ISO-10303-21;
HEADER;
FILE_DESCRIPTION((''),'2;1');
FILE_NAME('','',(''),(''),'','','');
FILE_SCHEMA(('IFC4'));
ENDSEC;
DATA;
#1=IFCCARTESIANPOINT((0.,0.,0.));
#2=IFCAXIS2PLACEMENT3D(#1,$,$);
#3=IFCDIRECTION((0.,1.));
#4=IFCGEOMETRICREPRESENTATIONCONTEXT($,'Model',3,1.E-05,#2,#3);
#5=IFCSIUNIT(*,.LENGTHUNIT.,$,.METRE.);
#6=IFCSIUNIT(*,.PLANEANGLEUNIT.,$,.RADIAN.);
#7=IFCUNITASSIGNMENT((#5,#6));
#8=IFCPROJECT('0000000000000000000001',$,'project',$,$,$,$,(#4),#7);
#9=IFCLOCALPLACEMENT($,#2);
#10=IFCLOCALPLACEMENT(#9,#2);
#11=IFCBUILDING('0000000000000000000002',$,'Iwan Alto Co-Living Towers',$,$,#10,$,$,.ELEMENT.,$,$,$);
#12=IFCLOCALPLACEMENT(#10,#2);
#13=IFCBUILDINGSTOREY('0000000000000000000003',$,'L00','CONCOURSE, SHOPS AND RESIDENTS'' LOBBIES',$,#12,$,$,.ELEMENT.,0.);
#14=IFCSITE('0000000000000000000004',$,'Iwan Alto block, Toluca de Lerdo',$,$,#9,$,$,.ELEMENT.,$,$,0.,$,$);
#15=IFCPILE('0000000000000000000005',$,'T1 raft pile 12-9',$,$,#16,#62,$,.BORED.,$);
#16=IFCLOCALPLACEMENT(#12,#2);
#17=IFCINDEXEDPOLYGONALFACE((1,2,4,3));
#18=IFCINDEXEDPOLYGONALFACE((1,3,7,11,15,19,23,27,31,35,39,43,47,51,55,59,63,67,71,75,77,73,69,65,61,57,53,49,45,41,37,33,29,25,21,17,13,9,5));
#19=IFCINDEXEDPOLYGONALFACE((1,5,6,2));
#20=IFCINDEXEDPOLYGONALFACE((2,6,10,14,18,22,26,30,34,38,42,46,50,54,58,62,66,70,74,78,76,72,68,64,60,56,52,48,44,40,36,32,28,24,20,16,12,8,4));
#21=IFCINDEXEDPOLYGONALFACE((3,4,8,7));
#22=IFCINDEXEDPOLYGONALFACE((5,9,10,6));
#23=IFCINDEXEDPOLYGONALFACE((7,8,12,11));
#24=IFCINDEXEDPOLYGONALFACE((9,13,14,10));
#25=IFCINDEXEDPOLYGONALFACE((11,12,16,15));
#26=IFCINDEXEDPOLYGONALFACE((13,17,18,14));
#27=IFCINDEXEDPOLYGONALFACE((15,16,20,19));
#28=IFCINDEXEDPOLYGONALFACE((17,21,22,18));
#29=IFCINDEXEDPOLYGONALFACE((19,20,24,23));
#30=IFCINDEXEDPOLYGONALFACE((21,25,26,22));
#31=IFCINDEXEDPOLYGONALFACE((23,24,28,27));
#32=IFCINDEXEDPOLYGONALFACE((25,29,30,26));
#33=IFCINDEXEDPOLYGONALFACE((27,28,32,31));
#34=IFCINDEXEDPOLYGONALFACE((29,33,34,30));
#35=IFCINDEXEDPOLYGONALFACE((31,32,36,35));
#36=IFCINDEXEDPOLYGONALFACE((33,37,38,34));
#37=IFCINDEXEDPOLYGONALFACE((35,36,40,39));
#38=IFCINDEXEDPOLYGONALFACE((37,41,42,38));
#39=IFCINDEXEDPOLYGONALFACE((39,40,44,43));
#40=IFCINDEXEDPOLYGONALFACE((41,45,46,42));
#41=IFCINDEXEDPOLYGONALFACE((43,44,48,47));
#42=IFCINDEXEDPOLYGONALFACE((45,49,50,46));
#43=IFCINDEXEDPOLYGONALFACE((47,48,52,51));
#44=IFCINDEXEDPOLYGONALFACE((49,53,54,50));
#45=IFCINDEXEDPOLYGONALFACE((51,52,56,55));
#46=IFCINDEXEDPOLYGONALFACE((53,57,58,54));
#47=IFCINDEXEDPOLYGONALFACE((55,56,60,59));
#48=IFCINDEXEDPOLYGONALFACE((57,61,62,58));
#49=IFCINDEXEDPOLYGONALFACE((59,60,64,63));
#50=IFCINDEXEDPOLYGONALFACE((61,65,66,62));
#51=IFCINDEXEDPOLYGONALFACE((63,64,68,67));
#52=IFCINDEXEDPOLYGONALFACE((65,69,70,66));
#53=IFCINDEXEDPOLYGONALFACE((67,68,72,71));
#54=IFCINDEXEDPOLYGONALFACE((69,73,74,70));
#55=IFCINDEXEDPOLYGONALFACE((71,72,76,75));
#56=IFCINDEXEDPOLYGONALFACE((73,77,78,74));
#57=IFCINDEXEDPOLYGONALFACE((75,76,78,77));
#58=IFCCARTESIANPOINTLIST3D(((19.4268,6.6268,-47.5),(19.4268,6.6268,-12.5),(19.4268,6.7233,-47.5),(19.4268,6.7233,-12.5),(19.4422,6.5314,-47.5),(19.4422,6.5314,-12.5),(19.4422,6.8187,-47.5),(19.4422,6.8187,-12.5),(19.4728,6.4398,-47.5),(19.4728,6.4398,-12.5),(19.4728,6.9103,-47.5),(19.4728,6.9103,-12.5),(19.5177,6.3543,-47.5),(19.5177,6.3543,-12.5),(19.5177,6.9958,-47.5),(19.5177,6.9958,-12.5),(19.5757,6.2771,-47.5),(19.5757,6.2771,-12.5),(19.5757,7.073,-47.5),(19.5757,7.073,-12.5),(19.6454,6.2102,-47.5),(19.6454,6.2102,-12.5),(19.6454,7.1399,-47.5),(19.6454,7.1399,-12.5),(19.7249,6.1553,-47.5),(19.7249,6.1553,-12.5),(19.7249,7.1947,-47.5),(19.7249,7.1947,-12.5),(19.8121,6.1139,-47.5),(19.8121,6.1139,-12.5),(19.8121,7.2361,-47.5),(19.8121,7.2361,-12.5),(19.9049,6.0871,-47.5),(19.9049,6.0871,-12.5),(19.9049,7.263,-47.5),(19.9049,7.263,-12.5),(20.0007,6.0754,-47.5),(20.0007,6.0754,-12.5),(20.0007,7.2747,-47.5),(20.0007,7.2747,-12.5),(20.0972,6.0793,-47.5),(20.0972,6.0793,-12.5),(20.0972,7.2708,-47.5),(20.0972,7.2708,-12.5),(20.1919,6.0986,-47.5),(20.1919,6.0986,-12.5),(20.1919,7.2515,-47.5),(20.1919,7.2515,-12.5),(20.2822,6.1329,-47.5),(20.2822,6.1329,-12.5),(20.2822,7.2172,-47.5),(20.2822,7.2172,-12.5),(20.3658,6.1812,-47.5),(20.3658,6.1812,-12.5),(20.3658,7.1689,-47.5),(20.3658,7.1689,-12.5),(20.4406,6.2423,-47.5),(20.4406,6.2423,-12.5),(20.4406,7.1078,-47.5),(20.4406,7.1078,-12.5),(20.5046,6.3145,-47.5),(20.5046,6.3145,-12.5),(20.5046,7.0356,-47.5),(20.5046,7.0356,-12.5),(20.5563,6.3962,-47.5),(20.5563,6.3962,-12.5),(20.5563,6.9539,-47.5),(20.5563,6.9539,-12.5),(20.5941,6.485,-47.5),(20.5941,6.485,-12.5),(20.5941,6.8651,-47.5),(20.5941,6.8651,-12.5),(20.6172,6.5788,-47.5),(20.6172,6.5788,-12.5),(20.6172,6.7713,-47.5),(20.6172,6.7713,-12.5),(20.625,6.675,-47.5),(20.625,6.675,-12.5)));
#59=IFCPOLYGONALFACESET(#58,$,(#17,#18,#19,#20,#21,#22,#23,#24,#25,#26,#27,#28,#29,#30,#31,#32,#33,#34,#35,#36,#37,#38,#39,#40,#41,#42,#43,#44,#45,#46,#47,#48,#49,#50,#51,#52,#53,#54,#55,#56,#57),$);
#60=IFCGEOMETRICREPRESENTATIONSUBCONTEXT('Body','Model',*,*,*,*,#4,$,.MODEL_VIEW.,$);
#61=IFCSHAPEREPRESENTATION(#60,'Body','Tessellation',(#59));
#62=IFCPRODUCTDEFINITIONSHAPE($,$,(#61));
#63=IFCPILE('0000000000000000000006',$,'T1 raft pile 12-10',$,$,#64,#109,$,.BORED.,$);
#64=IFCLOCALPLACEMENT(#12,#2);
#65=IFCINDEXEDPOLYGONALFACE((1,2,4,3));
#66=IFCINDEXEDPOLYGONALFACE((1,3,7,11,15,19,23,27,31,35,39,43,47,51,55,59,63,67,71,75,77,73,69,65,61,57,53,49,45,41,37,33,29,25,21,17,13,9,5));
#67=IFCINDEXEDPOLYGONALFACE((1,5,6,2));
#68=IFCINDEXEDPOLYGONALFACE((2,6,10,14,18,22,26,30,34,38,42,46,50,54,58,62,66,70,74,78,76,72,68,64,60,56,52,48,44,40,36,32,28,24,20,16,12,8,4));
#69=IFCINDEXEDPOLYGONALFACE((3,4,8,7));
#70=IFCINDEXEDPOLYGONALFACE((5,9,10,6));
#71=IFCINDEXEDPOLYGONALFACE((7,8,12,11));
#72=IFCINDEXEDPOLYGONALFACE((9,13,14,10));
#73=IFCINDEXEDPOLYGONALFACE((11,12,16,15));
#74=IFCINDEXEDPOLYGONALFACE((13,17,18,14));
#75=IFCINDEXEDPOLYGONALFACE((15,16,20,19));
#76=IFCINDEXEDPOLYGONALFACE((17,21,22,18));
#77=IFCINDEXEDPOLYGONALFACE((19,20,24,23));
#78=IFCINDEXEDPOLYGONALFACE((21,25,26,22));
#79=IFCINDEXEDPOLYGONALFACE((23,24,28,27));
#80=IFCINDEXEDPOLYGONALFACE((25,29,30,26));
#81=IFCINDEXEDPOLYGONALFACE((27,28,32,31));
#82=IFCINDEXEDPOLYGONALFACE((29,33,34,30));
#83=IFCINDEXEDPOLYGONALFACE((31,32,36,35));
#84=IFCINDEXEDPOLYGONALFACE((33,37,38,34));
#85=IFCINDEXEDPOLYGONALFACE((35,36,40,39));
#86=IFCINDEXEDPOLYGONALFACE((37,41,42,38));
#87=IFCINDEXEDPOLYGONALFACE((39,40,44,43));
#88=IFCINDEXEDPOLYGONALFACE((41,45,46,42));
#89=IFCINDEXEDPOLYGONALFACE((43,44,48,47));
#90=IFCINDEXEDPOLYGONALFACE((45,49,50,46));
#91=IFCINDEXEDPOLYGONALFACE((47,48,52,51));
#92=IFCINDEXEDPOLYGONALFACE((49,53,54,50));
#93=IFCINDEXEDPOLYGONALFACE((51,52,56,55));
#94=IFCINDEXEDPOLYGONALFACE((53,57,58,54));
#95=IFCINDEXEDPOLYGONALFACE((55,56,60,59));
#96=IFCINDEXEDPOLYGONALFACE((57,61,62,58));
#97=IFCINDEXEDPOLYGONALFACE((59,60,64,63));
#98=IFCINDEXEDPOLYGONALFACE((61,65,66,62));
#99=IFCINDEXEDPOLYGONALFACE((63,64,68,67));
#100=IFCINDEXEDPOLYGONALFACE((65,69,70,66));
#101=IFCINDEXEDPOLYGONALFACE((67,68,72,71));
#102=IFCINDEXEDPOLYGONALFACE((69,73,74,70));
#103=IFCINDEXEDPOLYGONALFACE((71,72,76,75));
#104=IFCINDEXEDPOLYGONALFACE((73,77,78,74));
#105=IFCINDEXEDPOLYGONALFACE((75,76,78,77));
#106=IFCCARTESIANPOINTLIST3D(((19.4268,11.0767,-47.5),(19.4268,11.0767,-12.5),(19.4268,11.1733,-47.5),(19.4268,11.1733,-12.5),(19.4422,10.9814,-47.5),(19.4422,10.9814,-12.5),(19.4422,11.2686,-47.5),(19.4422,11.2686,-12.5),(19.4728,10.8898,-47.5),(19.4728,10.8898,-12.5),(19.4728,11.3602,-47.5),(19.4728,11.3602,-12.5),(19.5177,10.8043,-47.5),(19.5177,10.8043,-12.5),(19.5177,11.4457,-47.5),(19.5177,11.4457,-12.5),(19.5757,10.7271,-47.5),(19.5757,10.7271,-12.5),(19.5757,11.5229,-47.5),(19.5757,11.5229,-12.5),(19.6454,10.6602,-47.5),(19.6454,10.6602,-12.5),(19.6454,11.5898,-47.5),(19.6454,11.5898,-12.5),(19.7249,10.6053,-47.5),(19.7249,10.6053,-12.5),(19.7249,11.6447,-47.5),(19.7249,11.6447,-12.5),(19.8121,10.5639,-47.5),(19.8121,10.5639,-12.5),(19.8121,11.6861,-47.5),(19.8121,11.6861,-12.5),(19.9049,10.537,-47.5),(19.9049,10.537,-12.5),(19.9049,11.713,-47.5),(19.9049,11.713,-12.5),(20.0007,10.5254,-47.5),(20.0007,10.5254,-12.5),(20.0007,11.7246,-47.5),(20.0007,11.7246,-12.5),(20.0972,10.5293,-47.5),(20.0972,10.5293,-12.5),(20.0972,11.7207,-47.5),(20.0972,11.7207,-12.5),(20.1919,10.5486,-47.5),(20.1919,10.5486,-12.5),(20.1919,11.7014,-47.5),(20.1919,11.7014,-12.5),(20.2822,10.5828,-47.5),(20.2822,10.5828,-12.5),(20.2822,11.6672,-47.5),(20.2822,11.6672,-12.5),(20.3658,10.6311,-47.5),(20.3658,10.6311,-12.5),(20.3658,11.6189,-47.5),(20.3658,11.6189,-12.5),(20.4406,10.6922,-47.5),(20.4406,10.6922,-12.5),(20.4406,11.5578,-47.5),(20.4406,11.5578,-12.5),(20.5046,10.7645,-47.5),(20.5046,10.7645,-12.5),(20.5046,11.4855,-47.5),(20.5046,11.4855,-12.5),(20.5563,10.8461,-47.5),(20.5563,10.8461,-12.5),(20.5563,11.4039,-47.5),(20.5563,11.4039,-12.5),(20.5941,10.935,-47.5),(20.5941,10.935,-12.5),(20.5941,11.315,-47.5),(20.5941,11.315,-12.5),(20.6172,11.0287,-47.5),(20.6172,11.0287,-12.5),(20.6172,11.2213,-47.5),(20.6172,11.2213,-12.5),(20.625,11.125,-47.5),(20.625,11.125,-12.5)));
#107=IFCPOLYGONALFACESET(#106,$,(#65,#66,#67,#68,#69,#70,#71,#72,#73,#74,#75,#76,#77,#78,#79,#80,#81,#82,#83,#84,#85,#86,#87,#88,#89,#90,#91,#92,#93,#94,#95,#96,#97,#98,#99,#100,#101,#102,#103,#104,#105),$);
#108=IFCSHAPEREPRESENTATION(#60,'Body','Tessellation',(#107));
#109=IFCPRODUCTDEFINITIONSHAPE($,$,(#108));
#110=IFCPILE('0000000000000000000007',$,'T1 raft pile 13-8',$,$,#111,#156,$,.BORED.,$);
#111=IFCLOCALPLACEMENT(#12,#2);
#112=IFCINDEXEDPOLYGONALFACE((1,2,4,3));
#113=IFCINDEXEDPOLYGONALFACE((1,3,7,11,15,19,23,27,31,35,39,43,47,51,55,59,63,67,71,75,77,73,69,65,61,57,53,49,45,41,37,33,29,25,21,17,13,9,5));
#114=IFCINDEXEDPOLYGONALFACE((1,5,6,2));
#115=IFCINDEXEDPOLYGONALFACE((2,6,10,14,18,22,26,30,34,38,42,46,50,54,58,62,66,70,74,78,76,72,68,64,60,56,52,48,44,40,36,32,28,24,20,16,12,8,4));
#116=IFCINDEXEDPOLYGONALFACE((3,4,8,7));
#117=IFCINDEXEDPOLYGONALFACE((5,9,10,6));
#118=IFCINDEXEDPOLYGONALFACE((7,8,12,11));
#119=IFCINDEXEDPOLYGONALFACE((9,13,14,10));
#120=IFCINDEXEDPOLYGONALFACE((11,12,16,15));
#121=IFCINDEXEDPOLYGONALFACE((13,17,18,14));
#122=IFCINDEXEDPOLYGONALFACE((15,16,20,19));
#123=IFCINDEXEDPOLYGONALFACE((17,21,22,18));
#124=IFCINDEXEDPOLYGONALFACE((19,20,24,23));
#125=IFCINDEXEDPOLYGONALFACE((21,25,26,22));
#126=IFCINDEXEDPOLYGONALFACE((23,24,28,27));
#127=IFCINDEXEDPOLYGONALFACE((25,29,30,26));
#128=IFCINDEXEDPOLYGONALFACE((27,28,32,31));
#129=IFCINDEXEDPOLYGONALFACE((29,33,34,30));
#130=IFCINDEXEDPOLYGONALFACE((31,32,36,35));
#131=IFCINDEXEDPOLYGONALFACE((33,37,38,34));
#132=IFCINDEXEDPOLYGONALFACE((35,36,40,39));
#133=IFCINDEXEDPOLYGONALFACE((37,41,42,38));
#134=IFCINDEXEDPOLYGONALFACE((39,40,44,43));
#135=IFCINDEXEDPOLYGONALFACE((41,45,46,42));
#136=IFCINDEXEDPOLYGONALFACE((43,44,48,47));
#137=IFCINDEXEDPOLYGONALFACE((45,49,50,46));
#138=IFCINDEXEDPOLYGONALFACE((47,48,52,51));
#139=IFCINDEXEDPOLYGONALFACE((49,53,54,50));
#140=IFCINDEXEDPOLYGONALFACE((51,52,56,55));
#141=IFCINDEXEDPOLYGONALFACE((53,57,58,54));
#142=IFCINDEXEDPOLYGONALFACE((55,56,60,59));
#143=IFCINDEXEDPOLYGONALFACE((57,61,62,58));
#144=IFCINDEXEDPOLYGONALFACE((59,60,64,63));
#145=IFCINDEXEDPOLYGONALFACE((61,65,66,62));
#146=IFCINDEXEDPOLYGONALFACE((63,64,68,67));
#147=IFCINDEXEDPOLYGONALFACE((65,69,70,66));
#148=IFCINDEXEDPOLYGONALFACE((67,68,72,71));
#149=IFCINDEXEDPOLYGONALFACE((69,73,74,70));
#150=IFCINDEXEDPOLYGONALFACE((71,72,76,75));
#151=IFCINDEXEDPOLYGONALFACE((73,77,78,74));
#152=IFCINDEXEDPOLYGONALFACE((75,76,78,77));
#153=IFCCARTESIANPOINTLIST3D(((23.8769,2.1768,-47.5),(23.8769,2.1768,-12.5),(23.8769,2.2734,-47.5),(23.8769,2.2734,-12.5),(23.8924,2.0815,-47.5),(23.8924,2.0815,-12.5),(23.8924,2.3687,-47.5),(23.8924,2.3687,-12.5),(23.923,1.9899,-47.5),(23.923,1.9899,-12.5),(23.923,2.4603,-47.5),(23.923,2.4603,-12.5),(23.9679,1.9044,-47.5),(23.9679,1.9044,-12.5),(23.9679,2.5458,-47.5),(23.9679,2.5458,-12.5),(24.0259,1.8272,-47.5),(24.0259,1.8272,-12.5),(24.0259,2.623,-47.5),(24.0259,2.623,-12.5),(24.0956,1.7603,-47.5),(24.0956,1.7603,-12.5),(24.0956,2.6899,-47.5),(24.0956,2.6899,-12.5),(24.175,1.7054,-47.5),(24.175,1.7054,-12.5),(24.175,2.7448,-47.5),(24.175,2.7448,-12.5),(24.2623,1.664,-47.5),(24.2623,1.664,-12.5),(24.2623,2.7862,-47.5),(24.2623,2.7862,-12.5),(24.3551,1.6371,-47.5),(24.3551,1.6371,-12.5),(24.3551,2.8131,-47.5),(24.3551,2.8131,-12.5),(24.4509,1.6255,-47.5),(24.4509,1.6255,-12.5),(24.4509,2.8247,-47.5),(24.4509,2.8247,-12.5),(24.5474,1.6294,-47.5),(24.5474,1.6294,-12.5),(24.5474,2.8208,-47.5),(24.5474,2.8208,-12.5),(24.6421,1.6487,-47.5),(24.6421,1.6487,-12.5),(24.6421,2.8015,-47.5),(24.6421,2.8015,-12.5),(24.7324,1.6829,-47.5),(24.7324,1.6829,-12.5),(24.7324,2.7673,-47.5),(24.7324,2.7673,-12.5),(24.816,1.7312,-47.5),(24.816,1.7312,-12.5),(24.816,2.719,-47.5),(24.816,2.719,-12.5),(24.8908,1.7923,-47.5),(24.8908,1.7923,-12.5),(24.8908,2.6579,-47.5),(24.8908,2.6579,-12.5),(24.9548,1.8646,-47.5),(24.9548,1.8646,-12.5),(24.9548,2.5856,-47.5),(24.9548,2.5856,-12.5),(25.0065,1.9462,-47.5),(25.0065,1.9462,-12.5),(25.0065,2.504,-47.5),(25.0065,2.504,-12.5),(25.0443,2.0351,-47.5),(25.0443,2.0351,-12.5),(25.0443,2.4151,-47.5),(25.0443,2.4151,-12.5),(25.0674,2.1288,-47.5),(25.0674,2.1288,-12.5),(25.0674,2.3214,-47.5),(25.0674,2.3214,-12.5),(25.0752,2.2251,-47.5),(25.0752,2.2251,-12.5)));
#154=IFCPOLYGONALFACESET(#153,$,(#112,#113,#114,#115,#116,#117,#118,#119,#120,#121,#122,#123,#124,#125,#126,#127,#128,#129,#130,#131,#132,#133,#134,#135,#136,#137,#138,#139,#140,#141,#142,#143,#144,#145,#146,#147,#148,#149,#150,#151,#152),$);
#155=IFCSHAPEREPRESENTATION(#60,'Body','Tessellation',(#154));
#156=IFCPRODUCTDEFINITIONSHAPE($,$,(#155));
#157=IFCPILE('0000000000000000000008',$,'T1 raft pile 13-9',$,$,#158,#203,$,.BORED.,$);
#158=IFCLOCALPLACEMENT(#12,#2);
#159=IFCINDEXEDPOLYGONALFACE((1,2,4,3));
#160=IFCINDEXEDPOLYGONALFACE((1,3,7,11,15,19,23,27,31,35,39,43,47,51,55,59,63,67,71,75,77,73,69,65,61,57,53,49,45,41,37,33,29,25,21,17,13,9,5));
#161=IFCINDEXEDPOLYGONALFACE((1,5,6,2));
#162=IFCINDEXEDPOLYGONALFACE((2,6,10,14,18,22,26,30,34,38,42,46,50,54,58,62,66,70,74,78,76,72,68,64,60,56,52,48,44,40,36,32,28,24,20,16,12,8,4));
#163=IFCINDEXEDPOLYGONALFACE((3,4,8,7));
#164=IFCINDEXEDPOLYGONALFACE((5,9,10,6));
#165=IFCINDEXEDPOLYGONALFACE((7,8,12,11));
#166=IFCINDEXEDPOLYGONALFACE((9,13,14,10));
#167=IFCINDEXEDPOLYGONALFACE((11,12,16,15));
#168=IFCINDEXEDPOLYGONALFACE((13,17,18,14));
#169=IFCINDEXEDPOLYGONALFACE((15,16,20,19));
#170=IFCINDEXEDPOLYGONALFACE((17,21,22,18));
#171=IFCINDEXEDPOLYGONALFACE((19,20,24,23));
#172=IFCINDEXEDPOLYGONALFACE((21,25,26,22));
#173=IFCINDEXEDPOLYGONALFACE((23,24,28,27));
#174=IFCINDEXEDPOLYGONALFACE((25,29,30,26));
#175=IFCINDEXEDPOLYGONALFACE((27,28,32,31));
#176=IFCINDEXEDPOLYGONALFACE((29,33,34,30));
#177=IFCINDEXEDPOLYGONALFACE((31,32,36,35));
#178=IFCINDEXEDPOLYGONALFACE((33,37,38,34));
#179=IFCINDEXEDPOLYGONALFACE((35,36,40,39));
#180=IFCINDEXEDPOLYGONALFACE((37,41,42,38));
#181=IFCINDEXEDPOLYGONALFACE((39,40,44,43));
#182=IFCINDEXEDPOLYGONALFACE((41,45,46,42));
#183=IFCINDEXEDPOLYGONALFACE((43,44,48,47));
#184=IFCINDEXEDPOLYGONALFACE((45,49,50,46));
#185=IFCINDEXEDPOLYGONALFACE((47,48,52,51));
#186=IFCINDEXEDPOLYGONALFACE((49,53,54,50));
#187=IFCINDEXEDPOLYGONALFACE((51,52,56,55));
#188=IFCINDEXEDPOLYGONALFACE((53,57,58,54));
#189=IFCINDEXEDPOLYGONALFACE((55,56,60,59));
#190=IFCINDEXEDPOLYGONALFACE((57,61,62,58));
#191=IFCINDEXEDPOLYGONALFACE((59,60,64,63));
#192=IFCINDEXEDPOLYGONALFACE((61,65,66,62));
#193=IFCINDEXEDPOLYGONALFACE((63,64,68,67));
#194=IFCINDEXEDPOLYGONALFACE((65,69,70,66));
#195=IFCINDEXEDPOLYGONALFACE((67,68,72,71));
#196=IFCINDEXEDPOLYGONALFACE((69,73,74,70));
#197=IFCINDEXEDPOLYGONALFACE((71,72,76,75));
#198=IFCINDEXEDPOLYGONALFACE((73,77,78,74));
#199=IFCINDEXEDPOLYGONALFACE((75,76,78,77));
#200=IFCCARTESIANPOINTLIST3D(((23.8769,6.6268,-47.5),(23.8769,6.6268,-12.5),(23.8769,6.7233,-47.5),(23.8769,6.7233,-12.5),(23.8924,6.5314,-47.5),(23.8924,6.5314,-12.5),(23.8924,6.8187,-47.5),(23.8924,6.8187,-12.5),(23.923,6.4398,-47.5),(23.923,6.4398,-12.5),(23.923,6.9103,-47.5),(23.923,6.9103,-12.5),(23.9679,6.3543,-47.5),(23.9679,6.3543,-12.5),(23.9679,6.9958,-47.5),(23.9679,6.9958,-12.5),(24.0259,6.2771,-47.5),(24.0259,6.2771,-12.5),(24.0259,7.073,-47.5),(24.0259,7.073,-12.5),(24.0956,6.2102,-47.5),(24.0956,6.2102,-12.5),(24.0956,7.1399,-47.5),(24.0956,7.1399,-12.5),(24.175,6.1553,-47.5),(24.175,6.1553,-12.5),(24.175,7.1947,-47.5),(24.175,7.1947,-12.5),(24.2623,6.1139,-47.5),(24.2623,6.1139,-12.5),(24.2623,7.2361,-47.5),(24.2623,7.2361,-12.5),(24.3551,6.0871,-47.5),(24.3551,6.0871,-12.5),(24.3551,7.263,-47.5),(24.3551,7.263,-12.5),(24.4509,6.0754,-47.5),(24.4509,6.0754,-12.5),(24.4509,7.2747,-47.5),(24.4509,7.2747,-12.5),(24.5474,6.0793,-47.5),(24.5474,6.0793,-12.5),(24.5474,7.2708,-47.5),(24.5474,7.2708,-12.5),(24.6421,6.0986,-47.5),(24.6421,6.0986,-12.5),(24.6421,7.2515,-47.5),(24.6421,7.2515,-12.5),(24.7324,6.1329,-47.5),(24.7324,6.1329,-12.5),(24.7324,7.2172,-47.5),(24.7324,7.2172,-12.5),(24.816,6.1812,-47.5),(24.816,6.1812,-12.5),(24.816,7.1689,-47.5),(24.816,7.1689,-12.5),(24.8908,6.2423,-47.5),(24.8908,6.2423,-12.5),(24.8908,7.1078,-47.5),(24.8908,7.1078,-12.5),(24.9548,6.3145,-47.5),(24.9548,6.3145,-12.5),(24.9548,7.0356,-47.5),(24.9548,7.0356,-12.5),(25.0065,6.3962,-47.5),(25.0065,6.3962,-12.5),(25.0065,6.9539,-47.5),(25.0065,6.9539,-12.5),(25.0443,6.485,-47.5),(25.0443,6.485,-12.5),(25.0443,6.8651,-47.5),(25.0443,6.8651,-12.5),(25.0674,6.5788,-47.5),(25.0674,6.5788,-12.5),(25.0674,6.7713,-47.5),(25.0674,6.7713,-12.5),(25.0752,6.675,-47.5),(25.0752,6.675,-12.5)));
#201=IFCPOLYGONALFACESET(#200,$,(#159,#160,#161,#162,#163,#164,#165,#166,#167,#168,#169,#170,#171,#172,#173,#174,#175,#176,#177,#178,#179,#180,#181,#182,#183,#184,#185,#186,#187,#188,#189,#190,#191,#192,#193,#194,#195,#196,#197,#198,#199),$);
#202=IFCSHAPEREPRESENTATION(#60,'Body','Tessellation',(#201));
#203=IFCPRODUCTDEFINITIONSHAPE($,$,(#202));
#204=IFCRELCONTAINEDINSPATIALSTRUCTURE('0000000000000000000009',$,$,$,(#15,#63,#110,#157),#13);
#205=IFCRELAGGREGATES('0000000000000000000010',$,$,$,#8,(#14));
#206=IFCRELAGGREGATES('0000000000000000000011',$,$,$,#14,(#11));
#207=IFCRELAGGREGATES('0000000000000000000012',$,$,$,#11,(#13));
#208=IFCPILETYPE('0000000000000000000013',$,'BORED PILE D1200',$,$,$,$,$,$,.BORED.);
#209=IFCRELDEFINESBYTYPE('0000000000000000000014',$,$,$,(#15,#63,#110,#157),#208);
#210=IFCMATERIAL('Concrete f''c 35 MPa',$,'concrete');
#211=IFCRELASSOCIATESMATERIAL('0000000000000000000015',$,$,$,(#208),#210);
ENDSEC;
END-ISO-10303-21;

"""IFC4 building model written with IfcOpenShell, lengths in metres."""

from ifc_helpers import new_model, si_unit, direction, frame, origin, origin_2d, place, context, subcontext, project, spatial, circle, extrude, material, material_profile, profile_set, type_object, element, save


model = new_model("IFC4")

# Units and contexts
model_context = context("Model", 3, precision=1e-05, world=origin(), true_north=direction((0.0, 1.0)))
body_context = subcontext(model_context, "Body", "Model", "MODEL_VIEW")
ifc_project = project(units=[si_unit("LENGTHUNIT", "METRE"), si_unit("PLANEANGLEUNIT", "RADIAN")], contexts=[model_context])

# Site, building, storey
site_placement = place(None, origin())
site = spatial("IfcSite", under=ifc_project, at=site_placement, Name="Iwan Alto block, Toluca de Lerdo", CompositionType="ELEMENT", RefElevation=0.0)
building_placement = place(site_placement, origin())
building = spatial("IfcBuilding", under=site, at=building_placement, Name="Iwan Alto Co-Living Towers", CompositionType="ELEMENT")
storey_placement = place(building_placement, origin())
storey = spatial("IfcBuildingStorey", under=building, at=storey_placement, Name="L00", Description="CONCOURSE, SHOPS AND RESIDENTS' LOBBIES", CompositionType="ELEMENT", Elevation=0.0)

# Piles
ifc_material_1 = material(Name="Concrete f'c 35 MPa", Category="concrete")
ifc_material_profile_1 = material_profile(ifc_material_1, circle(Radius=0.6001, at=origin_2d()), Name="D1200")
ifc_profile_set_1 = profile_set([ifc_material_profile_1], Name="Concrete f'c 35 MPa")
pile_type = type_object("IfcPileType", Name="BORED PILE D1200", PredefinedType="BORED", material=ifc_profile_set_1)
for number, where, z_axis, x_axis, name in (
    (1, (20.0249, 6.675, -12.5), (0.0, 0.0, -1.0), (1.0, 0.0, 0.0), "T1 raft pile 12-9"),
    (2, (20.0249, 11.125, -12.5), (0.0, 0.0, -1.0), (1.0, 0.0, 0.0), "T1 raft pile 12-10"),
    (3, (24.4751, 2.2251, -12.5), (0.0, 0.0, -1.0), (1.0, 0.0, 0.0), "T1 raft pile 13-8"),
    (4, (24.4751, 6.675, -12.5), (0.0, 0.0, -1.0), (1.0, 0.0, 0.0), "T1 raft pile 13-9"),
):
    element("IfcPile", number, at=place(storey_placement, frame(where, z_axis=z_axis, x_axis=x_axis)), inside=storey, type_object=pile_type, Name=name, PredefinedType="BORED", context=body_context, shape_type="SweptSolid", body=[
        extrude(circle(Radius=0.6001, at=origin_2d()), origin(), (0.0, 0.0, 1.0), 35.0),
    ])

save(model, "model.ifc")
